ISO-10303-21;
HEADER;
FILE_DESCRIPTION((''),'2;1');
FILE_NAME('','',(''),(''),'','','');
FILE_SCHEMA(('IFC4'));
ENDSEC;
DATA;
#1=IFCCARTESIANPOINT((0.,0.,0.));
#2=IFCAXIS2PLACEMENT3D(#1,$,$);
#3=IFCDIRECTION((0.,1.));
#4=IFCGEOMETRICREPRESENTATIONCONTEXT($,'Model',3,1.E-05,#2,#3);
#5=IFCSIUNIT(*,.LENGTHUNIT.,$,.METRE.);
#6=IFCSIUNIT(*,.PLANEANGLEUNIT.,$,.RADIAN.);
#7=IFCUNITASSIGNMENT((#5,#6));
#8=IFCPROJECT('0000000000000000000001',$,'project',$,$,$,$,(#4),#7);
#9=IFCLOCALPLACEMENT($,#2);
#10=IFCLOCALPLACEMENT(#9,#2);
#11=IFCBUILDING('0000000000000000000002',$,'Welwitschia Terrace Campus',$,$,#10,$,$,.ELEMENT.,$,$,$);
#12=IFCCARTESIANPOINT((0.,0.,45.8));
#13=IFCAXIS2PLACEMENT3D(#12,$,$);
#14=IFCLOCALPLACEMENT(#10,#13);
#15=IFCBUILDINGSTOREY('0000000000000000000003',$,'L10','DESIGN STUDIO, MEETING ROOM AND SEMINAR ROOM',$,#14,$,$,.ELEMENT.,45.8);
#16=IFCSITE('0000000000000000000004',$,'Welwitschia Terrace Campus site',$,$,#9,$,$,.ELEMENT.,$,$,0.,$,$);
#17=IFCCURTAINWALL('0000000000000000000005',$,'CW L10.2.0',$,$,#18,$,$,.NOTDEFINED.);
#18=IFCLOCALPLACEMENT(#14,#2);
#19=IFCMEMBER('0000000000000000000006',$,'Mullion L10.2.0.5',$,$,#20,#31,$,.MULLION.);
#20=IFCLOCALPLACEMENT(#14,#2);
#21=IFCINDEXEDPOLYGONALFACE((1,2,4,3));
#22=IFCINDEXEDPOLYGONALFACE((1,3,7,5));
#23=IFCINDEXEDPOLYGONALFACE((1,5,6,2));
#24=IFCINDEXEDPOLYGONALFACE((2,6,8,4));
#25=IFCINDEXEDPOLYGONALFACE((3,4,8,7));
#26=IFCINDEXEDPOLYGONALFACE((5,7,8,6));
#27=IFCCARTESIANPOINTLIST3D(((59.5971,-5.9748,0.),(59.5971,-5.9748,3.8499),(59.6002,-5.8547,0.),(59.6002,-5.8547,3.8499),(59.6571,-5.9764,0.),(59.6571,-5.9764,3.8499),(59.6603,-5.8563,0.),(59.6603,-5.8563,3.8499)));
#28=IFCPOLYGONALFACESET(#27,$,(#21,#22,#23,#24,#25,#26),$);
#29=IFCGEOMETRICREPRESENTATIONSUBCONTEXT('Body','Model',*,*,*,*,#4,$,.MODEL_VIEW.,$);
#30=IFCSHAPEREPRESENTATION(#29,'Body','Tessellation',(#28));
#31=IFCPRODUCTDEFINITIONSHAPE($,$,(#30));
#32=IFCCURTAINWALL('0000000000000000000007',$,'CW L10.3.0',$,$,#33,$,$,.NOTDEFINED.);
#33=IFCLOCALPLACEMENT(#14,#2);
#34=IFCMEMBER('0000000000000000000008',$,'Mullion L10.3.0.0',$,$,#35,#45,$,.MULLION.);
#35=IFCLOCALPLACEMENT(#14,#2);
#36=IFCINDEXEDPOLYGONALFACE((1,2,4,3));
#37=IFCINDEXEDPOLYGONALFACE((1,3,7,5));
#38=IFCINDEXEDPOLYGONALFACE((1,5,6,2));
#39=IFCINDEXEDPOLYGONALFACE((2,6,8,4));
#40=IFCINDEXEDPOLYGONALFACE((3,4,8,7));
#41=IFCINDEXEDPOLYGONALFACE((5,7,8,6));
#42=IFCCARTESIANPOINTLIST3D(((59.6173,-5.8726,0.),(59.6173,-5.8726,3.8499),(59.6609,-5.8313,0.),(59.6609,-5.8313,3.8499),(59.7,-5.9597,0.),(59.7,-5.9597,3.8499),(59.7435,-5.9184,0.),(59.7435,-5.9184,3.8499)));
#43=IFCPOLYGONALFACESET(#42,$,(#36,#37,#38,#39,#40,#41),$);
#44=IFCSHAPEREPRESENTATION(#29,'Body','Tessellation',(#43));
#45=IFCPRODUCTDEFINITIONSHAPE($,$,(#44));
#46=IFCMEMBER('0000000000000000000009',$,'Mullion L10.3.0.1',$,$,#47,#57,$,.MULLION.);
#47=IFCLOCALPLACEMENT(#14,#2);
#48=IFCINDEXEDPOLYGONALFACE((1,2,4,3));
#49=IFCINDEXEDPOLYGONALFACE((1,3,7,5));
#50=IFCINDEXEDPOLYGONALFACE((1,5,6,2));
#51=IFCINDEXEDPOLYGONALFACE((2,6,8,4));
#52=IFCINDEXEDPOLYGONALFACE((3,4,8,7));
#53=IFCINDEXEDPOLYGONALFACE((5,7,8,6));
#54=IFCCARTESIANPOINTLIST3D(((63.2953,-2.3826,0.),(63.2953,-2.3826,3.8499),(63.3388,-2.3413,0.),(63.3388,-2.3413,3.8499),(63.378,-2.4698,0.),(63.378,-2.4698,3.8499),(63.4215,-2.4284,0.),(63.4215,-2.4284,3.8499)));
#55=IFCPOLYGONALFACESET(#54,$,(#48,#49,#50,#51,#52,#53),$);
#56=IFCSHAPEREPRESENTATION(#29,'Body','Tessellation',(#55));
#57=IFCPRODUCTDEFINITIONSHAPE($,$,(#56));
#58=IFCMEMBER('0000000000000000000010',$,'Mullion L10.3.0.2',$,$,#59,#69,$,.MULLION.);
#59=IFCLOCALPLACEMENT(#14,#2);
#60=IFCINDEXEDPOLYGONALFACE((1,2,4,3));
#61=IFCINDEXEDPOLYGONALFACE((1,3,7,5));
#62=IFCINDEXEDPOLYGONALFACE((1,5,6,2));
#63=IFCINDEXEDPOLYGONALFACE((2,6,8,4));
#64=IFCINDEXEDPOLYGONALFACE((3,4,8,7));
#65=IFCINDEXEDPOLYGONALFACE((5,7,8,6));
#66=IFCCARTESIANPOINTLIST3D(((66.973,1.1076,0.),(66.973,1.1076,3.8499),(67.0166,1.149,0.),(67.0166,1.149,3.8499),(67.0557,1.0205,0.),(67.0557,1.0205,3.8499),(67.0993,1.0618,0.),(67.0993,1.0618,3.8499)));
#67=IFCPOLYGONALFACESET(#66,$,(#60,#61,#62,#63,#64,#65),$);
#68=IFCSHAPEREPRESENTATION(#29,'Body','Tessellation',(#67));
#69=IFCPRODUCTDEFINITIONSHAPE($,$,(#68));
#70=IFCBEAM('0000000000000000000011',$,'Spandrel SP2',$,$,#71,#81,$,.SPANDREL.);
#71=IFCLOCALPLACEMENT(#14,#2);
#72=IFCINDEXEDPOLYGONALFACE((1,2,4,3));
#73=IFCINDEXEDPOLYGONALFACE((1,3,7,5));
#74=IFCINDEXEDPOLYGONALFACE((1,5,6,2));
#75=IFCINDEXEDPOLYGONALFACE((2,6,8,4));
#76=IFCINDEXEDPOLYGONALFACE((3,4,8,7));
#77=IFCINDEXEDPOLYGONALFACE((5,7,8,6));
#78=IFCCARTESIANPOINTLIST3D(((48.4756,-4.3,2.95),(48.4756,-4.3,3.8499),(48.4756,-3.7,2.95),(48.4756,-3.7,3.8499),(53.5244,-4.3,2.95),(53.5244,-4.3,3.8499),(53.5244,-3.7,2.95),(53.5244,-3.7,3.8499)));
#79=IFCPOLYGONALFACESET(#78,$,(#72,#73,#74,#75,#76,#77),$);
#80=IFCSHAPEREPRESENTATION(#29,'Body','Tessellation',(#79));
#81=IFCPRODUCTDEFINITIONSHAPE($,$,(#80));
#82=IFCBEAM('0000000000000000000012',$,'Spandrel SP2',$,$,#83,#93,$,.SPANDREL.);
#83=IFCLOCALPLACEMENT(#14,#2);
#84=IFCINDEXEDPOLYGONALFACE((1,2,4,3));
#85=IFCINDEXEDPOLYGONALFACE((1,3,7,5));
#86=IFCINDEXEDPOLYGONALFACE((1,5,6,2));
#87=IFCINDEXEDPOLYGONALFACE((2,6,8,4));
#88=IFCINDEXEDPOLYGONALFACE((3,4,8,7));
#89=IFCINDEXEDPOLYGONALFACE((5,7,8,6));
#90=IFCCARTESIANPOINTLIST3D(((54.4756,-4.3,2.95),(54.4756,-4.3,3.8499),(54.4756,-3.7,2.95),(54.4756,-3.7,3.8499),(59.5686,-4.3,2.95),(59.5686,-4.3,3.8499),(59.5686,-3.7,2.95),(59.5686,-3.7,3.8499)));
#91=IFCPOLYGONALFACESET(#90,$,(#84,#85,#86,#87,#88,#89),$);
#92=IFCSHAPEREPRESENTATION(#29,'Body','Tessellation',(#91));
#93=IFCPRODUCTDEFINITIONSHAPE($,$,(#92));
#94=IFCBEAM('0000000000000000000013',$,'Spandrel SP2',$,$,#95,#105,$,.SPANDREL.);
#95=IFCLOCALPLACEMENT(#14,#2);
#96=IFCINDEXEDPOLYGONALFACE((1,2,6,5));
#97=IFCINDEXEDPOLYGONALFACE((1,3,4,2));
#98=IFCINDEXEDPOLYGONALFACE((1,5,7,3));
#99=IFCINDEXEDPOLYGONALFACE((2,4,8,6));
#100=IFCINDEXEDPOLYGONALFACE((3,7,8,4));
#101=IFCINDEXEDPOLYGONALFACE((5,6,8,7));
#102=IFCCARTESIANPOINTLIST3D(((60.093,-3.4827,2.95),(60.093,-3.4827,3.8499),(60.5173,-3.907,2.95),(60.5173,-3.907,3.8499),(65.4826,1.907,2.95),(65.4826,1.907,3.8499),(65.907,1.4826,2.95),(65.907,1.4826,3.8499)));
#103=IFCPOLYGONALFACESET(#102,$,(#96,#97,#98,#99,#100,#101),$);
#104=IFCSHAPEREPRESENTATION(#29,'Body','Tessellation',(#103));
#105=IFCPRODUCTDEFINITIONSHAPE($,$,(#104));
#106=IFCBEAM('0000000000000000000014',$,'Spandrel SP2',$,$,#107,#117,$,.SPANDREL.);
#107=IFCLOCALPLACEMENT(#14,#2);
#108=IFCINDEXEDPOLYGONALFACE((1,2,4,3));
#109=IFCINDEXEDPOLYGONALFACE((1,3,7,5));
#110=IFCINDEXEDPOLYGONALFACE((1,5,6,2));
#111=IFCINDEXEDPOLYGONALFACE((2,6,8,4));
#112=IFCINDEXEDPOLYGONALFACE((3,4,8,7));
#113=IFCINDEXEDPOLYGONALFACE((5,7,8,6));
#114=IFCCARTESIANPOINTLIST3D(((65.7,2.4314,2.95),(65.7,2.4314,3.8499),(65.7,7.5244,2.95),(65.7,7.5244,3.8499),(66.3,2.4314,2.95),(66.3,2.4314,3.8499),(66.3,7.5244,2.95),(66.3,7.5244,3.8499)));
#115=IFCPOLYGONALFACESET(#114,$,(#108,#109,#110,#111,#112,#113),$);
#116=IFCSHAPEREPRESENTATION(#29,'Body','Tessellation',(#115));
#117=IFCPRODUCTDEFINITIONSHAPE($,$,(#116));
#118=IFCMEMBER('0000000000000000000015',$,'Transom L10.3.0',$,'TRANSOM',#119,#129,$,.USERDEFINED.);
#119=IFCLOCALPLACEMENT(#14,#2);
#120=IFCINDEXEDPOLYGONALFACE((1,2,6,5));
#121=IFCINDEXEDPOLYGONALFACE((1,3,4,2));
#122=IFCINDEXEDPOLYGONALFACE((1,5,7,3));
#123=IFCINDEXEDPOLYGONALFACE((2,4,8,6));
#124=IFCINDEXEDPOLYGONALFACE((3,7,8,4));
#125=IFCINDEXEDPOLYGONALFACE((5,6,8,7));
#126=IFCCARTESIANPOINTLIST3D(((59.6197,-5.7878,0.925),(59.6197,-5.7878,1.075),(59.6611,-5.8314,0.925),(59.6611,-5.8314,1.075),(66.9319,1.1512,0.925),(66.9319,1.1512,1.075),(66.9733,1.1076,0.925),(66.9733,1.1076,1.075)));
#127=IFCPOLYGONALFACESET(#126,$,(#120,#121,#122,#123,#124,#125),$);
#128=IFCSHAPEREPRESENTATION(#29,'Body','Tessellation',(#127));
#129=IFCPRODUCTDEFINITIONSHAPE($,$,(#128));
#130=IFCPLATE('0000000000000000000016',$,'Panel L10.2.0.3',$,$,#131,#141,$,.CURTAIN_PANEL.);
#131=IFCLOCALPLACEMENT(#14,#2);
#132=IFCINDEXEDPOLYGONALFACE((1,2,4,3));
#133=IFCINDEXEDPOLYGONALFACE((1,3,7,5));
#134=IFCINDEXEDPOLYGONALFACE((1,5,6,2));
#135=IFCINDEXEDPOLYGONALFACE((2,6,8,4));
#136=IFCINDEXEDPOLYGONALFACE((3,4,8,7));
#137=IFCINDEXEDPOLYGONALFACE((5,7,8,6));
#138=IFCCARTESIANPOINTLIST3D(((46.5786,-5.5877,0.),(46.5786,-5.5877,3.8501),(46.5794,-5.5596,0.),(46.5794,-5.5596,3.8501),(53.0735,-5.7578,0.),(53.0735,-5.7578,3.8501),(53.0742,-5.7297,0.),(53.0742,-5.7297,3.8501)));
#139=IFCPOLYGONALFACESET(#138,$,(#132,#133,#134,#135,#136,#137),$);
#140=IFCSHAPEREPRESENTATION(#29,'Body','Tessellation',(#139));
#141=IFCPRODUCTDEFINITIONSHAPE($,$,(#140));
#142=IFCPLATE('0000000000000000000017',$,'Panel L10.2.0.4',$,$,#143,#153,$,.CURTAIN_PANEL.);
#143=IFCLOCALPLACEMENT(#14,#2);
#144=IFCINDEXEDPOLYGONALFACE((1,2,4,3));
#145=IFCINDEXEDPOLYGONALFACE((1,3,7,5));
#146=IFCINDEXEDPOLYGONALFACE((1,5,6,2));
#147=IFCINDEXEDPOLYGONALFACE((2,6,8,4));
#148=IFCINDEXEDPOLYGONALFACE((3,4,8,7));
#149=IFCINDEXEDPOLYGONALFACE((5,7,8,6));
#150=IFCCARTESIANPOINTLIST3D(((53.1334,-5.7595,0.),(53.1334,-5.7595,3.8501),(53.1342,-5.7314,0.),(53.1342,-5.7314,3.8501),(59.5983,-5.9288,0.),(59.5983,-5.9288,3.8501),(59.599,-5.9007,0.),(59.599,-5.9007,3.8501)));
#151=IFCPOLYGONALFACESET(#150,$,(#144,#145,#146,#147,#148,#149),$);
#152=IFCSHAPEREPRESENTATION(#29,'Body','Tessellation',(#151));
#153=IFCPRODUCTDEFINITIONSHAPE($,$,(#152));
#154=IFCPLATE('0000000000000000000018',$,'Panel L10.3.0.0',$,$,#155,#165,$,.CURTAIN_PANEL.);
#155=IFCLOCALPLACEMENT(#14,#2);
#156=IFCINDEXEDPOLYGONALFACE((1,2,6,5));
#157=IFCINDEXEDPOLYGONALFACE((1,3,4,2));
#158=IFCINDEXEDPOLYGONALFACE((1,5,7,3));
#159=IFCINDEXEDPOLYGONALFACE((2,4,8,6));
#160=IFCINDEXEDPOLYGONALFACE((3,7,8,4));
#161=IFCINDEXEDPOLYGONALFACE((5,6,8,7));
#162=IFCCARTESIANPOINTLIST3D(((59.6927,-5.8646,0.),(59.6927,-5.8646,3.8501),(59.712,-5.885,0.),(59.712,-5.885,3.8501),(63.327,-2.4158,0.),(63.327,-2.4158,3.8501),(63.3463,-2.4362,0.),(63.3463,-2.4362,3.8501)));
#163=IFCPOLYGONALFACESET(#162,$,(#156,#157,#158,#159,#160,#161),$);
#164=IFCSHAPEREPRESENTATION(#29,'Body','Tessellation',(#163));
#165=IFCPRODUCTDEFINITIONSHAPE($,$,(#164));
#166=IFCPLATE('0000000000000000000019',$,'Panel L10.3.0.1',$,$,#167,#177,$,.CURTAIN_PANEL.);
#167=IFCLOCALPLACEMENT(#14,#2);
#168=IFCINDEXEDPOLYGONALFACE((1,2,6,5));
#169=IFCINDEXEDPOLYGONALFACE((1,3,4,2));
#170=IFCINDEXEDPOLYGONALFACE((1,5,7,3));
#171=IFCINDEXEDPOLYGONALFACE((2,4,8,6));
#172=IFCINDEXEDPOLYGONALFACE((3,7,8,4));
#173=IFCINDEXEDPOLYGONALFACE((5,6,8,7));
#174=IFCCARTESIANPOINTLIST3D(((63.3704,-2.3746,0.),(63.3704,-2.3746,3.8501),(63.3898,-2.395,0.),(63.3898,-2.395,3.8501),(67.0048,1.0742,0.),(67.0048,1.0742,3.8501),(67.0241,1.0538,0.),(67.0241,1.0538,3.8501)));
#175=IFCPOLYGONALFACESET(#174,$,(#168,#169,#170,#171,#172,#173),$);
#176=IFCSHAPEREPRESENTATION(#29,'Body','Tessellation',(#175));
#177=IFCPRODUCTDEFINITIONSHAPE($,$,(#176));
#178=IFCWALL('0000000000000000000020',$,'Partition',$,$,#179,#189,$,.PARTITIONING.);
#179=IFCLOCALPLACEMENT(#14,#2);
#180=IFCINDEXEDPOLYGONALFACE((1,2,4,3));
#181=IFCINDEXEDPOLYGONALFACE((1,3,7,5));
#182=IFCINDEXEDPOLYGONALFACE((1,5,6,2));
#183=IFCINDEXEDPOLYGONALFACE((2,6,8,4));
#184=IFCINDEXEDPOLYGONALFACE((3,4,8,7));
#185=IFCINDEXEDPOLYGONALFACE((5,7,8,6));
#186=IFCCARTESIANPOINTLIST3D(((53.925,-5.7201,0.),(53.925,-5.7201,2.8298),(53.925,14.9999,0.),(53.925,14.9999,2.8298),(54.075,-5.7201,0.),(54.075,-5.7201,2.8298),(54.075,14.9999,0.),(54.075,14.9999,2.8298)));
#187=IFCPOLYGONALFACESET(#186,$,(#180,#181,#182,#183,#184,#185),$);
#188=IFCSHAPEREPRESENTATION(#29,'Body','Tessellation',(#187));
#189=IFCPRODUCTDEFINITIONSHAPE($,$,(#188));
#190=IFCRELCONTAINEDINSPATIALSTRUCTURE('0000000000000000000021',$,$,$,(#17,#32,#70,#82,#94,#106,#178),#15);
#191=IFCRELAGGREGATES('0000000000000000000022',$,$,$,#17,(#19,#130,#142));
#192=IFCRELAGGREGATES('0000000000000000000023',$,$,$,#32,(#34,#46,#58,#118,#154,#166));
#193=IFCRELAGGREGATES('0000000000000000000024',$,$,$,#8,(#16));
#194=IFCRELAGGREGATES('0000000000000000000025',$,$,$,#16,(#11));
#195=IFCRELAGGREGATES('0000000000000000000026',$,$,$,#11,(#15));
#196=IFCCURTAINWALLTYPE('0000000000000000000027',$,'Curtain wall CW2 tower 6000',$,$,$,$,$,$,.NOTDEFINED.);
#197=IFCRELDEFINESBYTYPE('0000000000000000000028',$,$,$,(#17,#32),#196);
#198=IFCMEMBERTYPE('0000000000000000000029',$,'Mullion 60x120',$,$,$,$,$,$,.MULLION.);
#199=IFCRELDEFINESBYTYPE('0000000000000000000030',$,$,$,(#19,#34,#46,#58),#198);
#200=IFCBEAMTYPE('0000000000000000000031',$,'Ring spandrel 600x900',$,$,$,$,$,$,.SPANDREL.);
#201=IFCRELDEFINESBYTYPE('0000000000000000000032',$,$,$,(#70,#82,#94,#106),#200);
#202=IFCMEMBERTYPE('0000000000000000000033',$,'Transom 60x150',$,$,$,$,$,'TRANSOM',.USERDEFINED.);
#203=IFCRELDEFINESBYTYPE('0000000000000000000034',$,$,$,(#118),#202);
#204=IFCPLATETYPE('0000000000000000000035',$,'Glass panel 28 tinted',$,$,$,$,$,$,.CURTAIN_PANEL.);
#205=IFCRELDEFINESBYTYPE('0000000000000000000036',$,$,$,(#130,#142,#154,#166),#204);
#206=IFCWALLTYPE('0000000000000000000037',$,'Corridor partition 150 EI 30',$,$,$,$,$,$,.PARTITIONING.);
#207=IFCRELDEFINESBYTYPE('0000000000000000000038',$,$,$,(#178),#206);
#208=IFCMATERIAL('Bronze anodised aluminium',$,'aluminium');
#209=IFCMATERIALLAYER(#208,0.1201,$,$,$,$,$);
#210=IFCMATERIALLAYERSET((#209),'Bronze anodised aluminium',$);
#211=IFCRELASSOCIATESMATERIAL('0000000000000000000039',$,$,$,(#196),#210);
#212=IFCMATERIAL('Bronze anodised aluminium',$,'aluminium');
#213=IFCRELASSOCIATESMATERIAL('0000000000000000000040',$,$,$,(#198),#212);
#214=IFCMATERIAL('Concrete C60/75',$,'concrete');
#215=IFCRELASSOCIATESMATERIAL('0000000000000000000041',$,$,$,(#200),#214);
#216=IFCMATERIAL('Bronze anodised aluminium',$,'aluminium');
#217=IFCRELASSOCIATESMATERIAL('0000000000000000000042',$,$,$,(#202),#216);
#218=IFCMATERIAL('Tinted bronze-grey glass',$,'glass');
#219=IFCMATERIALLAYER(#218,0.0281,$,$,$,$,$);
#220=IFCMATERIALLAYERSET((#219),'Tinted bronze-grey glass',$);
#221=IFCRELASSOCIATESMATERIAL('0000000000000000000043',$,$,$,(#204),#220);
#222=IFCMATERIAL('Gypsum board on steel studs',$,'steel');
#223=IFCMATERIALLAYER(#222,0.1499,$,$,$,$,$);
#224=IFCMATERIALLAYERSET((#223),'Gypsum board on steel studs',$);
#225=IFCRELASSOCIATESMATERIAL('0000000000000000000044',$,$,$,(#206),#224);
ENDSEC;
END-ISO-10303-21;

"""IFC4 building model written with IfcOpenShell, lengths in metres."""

from ifc_helpers import new_model, si_unit, direction, frame, frame_2d, origin, origin_2d, place, context, subcontext, project, spatial, rectangle, extrude, material, layer, layer_set, material_profile, profile_set, type_object, element, aggregate, save


model = new_model("IFC4")

# Units and contexts
model_context = context("Model", 3, precision=1e-05, world=origin(), true_north=direction((0.0, 1.0)))
body_context = subcontext(model_context, "Body", "Model", "MODEL_VIEW")
ifc_project = project(units=[si_unit("LENGTHUNIT", "METRE"), si_unit("PLANEANGLEUNIT", "RADIAN")], contexts=[model_context])

# Site, building, storey
site_placement = place(None, origin())
site = spatial("IfcSite", under=ifc_project, at=site_placement, Name="Welwitschia Terrace Campus site", CompositionType="ELEMENT", RefElevation=0.0)
building_placement = place(site_placement, origin())
building = spatial("IfcBuilding", under=site, at=building_placement, Name="Welwitschia Terrace Campus", CompositionType="ELEMENT")
storey_placement = place(building_placement, frame((0.0, 0.0, 45.8)))
storey = spatial("IfcBuildingStorey", under=building, at=storey_placement, Name="L10", Description="DESIGN STUDIO, MEETING ROOM AND SEMINAR ROOM", CompositionType="ELEMENT", Elevation=45.8)

# Curtain walls, members
ifc_material_1 = material(Name="Bronze anodised aluminium", Category="aluminium")
ifc_layer_1 = layer(ifc_material_1, 0.1201)
ifc_layer_set_1 = layer_set([ifc_layer_1], Name="Bronze anodised aluminium")
curtain_wall_type = type_object("IfcCurtainWallType", Name="Curtain wall CW2 tower 6000", PredefinedType="NOTDEFINED", material=ifc_layer_set_1)
curtain_wall_1_placement = place(storey_placement, origin())
curtain_wall_1 = element("IfcCurtainWall", 1, at=curtain_wall_1_placement, inside=storey, type_object=curtain_wall_type, Name="CW L10.2.0", PredefinedType="NOTDEFINED")
ifc_material_2 = material(Name="Bronze anodised aluminium", Category="aluminium")
ifc_material_profile_1 = material_profile(ifc_material_2, rectangle(XDim=0.1201, YDim=0.0601, at=origin_2d()))
ifc_profile_set_1 = profile_set([ifc_material_profile_1], Name="Bronze anodised aluminium")
member_type_1 = type_object("IfcMemberType", Name="Mullion 60x120", PredefinedType="MULLION", material=ifc_profile_set_1)
member_1_placement = place(storey_placement, frame((59.6287, -5.9155, 0.0), z_axis=(0.0, 0.0, 1.0), x_axis=(0.026177, 0.999657, 0.0)))
member_1 = element("IfcMember", 2, at=member_1_placement, type_object=member_type_1, Name="Mullion L10.2.0.5", PredefinedType="MULLION", context=body_context, shape_type="SweptSolid", body=[
    extrude(rectangle(XDim=0.1201, YDim=0.0601, at=origin_2d()), origin(), (0.0, 0.0, 1.0), 3.8499),
])
curtain_wall_2_placement = place(storey_placement, origin())
curtain_wall_2 = element("IfcCurtainWall", 3, at=curtain_wall_2_placement, inside=storey, type_object=curtain_wall_type, Name="CW L10.3.0", PredefinedType="NOTDEFINED")
member_2_placement = place(storey_placement, frame((59.6804, -5.8955, 0.0), z_axis=(0.0, 0.0, 1.0), x_axis=(-0.688355, 0.725374, 0.0)))
member_2 = element("IfcMember", 4, at=member_2_placement, type_object=member_type_1, Name="Mullion L10.3.0.0", PredefinedType="MULLION", context=body_context, shape_type="SweptSolid", body=[
    extrude(rectangle(XDim=0.1201, YDim=0.0601, at=origin_2d()), origin(), (0.0, 0.0, 1.0), 3.8499),
])
member_3_placement = place(storey_placement, frame((63.3584, -2.4055, 0.0), z_axis=(0.0, 0.0, 1.0), x_axis=(-0.688355, 0.725374, 0.0)))
member_3 = element("IfcMember", 5, at=member_3_placement, type_object=member_type_1, Name="Mullion L10.3.0.1", PredefinedType="MULLION", context=body_context, shape_type="SweptSolid", body=[
    extrude(rectangle(XDim=0.1201, YDim=0.0601, at=origin_2d()), origin(), (0.0, 0.0, 1.0), 3.8499),
])
member_4_placement = place(storey_placement, frame((67.0361, 1.0847, 0.0), z_axis=(0.0, 0.0, 1.0), x_axis=(-0.688355, 0.725374, 0.0)))
member_4 = element("IfcMember", 6, at=member_4_placement, type_object=member_type_1, Name="Mullion L10.3.0.2", PredefinedType="MULLION", context=body_context, shape_type="SweptSolid", body=[
    extrude(rectangle(XDim=0.1201, YDim=0.0601, at=origin_2d()), origin(), (0.0, 0.0, 1.0), 3.8499),
])

# Beams
ifc_material_3 = material(Name="Concrete C60/75", Category="concrete")
ifc_material_profile_2 = material_profile(ifc_material_3, rectangle(XDim=0.6001, YDim=0.8999, at=origin_2d()))
ifc_profile_set_2 = profile_set([ifc_material_profile_2], Name="Concrete C60/75")
beam_type_1 = type_object("IfcBeamType", Name="Ring spandrel 600x900", PredefinedType="SPANDREL", material=ifc_profile_set_2)
beam_1_placement = place(storey_placement, frame((48.4756, -4.0, 3.3999), z_axis=(1.0, 0.0, 0.0), x_axis=(0.0, 1.0, 0.0)))
element("IfcBeam", 7, at=beam_1_placement, inside=storey, type_object=beam_type_1, Name="Spandrel SP2", PredefinedType="SPANDREL", context=body_context, shape_type="SweptSolid", body=[
    extrude(rectangle(XDim=0.6001, YDim=0.8999, at=origin_2d()), origin(), (0.0, 0.0, 1.0), 5.0488),
])
beam_2_placement = place(storey_placement, frame((54.4756, -4.0, 3.3999), z_axis=(1.0, 0.0, 0.0), x_axis=(0.0, 1.0, 0.0)))
element("IfcBeam", 8, at=beam_2_placement, inside=storey, type_object=beam_type_1, Name="Spandrel SP2", PredefinedType="SPANDREL", context=body_context, shape_type="SweptSolid", body=[
    extrude(rectangle(XDim=0.6001, YDim=0.8999, at=origin_2d()), origin(), (0.0, 0.0, 1.0), 5.093),
])
beam_3_placement = place(storey_placement, frame((60.3052, -3.6948, 3.3999), z_axis=(0.707107, 0.707107, 0.0), x_axis=(-0.707107, 0.707107, 0.0)))
element("IfcBeam", 9, at=beam_3_placement, inside=storey, type_object=beam_type_1, Name="Spandrel SP2", PredefinedType="SPANDREL", context=body_context, shape_type="SweptSolid", body=[
    extrude(rectangle(XDim=0.6001, YDim=0.8999, at=origin_2d()), origin(), (0.0, 0.0, 1.0), 7.6221),
])
beam_4_placement = place(storey_placement, frame((66.0, 2.4314, 3.3999), z_axis=(0.0, 1.0, 0.0), x_axis=(-1.0, 0.0, 0.0)))
element("IfcBeam", 10, at=beam_4_placement, inside=storey, type_object=beam_type_1, Name="Spandrel SP2", PredefinedType="SPANDREL", context=body_context, shape_type="SweptSolid", body=[
    extrude(rectangle(XDim=0.6001, YDim=0.8999, at=origin_2d()), origin(), (0.0, 0.0, 1.0), 5.093),
])

# Member
ifc_material_4 = material(Name="Bronze anodised aluminium", Category="aluminium")
ifc_material_profile_3 = material_profile(ifc_material_4, rectangle(XDim=0.0601, YDim=0.1499, at=origin_2d()))
ifc_profile_set_3 = profile_set([ifc_material_profile_3], Name="Bronze anodised aluminium")
member_type_2 = type_object("IfcMemberType", Name="Transom 60x150", ElementType="TRANSOM", PredefinedType="USERDEFINED", material=ifc_profile_set_3)
member_5_placement = place(storey_placement, frame((59.6404, -5.8096, 1.0), z_axis=(0.72538, 0.688349, 0.0), x_axis=(-0.688349, 0.72538, 0.0)))
member_5 = element("IfcMember", 11, at=member_5_placement, type_object=member_type_2, Name="Transom L10.3.0", ObjectType="TRANSOM", PredefinedType="USERDEFINED", context=body_context, shape_type="SweptSolid", body=[
    extrude(rectangle(XDim=0.0601, YDim=0.1499, at=origin_2d()), origin(), (0.0, 0.0, 1.0), 10.0806),
])

# Plates
ifc_material_5 = material(Name="Tinted bronze-grey glass", Category="glass")
ifc_layer_2 = layer(ifc_material_5, 0.0281)
ifc_layer_set_2 = layer_set([ifc_layer_2], Name="Tinted bronze-grey glass")
plate_type = type_object("IfcPlateType", Name="Glass panel 28 tinted", PredefinedType="CURTAIN_PANEL", material=ifc_layer_set_2)
plate_1_placement = place(storey_placement, frame((49.8264, -5.6587, 0.0), z_axis=(0.0, 0.0, 1.0), x_axis=(0.999657, -0.026177, 0.0)))
plate_1 = element("IfcPlate", 12, at=plate_1_placement, type_object=plate_type, Name="Panel L10.2.0.3", PredefinedType="CURTAIN_PANEL", context=body_context, shape_type="SweptSolid", body=[
    extrude(rectangle(XDim=6.4971, YDim=0.0281, at=origin_2d()), origin(), (0.0, 0.0, 1.0), 3.8501),
])
plate_2_placement = place(storey_placement, frame((56.3662, -5.8301, 0.0), z_axis=(0.0, 0.0, 1.0), x_axis=(0.999657, -0.026177, 0.0)))
plate_2 = element("IfcPlate", 13, at=plate_2_placement, type_object=plate_type, Name="Panel L10.2.0.4", PredefinedType="CURTAIN_PANEL", context=body_context, shape_type="SweptSolid", body=[
    extrude(rectangle(XDim=6.467, YDim=0.0281, at=origin_2d()), origin(), (0.0, 0.0, 1.0), 3.8501),
])
aggregate(curtain_wall_1, [member_1, plate_1, plate_2])
plate_3_placement = place(storey_placement, frame((61.5195, -4.1504, 0.0), z_axis=(0.0, 0.0, 1.0), x_axis=(0.725374, 0.688355, 0.0)))
plate_3 = element("IfcPlate", 14, at=plate_3_placement, type_object=plate_type, Name="Panel L10.3.0.0", PredefinedType="CURTAIN_PANEL", context=body_context, shape_type="SweptSolid", body=[
    extrude(rectangle(XDim=5.0103, YDim=0.0281, at=origin_2d()), origin(), (0.0, 0.0, 1.0), 3.8501),
])
plate_4_placement = place(storey_placement, frame((65.1973, -0.6604, 0.0), z_axis=(0.0, 0.0, 1.0), x_axis=(0.725374, 0.688355, 0.0)))
plate_4 = element("IfcPlate", 15, at=plate_4_placement, type_object=plate_type, Name="Panel L10.3.0.1", PredefinedType="CURTAIN_PANEL", context=body_context, shape_type="SweptSolid", body=[
    extrude(rectangle(XDim=5.0103, YDim=0.0281, at=origin_2d()), origin(), (0.0, 0.0, 1.0), 3.8501),
])
aggregate(curtain_wall_2, [member_2, member_3, member_4, member_5, plate_3, plate_4])

# Wall
ifc_material_6 = material(Name="Gypsum board on steel studs", Category="steel")
ifc_layer_3 = layer(ifc_material_6, 0.1499)
ifc_layer_set_3 = layer_set([ifc_layer_3], Name="Gypsum board on steel studs")
wall_type_1 = type_object("IfcWallType", Name="Corridor partition 150 EI 30", PredefinedType="PARTITIONING", material=ifc_layer_set_3)
wall_1_placement = place(storey_placement, frame((54.0, -5.72, 0.0), z_axis=(0.0, 0.0, 1.0), x_axis=(0.0, 1.0, 0.0)))
element("IfcWall", 16, at=wall_1_placement, inside=storey, type_object=wall_type_1, Name="Partition", PredefinedType="PARTITIONING", context=body_context, shape_type="SweptSolid", body=[
    extrude(rectangle(XDim=20.72, YDim=0.1499, at=frame_2d((10.3599, 0.0))), origin(), (0.0, 0.0, 1.0), 2.8298),
])

save(model, "model.ifc")
